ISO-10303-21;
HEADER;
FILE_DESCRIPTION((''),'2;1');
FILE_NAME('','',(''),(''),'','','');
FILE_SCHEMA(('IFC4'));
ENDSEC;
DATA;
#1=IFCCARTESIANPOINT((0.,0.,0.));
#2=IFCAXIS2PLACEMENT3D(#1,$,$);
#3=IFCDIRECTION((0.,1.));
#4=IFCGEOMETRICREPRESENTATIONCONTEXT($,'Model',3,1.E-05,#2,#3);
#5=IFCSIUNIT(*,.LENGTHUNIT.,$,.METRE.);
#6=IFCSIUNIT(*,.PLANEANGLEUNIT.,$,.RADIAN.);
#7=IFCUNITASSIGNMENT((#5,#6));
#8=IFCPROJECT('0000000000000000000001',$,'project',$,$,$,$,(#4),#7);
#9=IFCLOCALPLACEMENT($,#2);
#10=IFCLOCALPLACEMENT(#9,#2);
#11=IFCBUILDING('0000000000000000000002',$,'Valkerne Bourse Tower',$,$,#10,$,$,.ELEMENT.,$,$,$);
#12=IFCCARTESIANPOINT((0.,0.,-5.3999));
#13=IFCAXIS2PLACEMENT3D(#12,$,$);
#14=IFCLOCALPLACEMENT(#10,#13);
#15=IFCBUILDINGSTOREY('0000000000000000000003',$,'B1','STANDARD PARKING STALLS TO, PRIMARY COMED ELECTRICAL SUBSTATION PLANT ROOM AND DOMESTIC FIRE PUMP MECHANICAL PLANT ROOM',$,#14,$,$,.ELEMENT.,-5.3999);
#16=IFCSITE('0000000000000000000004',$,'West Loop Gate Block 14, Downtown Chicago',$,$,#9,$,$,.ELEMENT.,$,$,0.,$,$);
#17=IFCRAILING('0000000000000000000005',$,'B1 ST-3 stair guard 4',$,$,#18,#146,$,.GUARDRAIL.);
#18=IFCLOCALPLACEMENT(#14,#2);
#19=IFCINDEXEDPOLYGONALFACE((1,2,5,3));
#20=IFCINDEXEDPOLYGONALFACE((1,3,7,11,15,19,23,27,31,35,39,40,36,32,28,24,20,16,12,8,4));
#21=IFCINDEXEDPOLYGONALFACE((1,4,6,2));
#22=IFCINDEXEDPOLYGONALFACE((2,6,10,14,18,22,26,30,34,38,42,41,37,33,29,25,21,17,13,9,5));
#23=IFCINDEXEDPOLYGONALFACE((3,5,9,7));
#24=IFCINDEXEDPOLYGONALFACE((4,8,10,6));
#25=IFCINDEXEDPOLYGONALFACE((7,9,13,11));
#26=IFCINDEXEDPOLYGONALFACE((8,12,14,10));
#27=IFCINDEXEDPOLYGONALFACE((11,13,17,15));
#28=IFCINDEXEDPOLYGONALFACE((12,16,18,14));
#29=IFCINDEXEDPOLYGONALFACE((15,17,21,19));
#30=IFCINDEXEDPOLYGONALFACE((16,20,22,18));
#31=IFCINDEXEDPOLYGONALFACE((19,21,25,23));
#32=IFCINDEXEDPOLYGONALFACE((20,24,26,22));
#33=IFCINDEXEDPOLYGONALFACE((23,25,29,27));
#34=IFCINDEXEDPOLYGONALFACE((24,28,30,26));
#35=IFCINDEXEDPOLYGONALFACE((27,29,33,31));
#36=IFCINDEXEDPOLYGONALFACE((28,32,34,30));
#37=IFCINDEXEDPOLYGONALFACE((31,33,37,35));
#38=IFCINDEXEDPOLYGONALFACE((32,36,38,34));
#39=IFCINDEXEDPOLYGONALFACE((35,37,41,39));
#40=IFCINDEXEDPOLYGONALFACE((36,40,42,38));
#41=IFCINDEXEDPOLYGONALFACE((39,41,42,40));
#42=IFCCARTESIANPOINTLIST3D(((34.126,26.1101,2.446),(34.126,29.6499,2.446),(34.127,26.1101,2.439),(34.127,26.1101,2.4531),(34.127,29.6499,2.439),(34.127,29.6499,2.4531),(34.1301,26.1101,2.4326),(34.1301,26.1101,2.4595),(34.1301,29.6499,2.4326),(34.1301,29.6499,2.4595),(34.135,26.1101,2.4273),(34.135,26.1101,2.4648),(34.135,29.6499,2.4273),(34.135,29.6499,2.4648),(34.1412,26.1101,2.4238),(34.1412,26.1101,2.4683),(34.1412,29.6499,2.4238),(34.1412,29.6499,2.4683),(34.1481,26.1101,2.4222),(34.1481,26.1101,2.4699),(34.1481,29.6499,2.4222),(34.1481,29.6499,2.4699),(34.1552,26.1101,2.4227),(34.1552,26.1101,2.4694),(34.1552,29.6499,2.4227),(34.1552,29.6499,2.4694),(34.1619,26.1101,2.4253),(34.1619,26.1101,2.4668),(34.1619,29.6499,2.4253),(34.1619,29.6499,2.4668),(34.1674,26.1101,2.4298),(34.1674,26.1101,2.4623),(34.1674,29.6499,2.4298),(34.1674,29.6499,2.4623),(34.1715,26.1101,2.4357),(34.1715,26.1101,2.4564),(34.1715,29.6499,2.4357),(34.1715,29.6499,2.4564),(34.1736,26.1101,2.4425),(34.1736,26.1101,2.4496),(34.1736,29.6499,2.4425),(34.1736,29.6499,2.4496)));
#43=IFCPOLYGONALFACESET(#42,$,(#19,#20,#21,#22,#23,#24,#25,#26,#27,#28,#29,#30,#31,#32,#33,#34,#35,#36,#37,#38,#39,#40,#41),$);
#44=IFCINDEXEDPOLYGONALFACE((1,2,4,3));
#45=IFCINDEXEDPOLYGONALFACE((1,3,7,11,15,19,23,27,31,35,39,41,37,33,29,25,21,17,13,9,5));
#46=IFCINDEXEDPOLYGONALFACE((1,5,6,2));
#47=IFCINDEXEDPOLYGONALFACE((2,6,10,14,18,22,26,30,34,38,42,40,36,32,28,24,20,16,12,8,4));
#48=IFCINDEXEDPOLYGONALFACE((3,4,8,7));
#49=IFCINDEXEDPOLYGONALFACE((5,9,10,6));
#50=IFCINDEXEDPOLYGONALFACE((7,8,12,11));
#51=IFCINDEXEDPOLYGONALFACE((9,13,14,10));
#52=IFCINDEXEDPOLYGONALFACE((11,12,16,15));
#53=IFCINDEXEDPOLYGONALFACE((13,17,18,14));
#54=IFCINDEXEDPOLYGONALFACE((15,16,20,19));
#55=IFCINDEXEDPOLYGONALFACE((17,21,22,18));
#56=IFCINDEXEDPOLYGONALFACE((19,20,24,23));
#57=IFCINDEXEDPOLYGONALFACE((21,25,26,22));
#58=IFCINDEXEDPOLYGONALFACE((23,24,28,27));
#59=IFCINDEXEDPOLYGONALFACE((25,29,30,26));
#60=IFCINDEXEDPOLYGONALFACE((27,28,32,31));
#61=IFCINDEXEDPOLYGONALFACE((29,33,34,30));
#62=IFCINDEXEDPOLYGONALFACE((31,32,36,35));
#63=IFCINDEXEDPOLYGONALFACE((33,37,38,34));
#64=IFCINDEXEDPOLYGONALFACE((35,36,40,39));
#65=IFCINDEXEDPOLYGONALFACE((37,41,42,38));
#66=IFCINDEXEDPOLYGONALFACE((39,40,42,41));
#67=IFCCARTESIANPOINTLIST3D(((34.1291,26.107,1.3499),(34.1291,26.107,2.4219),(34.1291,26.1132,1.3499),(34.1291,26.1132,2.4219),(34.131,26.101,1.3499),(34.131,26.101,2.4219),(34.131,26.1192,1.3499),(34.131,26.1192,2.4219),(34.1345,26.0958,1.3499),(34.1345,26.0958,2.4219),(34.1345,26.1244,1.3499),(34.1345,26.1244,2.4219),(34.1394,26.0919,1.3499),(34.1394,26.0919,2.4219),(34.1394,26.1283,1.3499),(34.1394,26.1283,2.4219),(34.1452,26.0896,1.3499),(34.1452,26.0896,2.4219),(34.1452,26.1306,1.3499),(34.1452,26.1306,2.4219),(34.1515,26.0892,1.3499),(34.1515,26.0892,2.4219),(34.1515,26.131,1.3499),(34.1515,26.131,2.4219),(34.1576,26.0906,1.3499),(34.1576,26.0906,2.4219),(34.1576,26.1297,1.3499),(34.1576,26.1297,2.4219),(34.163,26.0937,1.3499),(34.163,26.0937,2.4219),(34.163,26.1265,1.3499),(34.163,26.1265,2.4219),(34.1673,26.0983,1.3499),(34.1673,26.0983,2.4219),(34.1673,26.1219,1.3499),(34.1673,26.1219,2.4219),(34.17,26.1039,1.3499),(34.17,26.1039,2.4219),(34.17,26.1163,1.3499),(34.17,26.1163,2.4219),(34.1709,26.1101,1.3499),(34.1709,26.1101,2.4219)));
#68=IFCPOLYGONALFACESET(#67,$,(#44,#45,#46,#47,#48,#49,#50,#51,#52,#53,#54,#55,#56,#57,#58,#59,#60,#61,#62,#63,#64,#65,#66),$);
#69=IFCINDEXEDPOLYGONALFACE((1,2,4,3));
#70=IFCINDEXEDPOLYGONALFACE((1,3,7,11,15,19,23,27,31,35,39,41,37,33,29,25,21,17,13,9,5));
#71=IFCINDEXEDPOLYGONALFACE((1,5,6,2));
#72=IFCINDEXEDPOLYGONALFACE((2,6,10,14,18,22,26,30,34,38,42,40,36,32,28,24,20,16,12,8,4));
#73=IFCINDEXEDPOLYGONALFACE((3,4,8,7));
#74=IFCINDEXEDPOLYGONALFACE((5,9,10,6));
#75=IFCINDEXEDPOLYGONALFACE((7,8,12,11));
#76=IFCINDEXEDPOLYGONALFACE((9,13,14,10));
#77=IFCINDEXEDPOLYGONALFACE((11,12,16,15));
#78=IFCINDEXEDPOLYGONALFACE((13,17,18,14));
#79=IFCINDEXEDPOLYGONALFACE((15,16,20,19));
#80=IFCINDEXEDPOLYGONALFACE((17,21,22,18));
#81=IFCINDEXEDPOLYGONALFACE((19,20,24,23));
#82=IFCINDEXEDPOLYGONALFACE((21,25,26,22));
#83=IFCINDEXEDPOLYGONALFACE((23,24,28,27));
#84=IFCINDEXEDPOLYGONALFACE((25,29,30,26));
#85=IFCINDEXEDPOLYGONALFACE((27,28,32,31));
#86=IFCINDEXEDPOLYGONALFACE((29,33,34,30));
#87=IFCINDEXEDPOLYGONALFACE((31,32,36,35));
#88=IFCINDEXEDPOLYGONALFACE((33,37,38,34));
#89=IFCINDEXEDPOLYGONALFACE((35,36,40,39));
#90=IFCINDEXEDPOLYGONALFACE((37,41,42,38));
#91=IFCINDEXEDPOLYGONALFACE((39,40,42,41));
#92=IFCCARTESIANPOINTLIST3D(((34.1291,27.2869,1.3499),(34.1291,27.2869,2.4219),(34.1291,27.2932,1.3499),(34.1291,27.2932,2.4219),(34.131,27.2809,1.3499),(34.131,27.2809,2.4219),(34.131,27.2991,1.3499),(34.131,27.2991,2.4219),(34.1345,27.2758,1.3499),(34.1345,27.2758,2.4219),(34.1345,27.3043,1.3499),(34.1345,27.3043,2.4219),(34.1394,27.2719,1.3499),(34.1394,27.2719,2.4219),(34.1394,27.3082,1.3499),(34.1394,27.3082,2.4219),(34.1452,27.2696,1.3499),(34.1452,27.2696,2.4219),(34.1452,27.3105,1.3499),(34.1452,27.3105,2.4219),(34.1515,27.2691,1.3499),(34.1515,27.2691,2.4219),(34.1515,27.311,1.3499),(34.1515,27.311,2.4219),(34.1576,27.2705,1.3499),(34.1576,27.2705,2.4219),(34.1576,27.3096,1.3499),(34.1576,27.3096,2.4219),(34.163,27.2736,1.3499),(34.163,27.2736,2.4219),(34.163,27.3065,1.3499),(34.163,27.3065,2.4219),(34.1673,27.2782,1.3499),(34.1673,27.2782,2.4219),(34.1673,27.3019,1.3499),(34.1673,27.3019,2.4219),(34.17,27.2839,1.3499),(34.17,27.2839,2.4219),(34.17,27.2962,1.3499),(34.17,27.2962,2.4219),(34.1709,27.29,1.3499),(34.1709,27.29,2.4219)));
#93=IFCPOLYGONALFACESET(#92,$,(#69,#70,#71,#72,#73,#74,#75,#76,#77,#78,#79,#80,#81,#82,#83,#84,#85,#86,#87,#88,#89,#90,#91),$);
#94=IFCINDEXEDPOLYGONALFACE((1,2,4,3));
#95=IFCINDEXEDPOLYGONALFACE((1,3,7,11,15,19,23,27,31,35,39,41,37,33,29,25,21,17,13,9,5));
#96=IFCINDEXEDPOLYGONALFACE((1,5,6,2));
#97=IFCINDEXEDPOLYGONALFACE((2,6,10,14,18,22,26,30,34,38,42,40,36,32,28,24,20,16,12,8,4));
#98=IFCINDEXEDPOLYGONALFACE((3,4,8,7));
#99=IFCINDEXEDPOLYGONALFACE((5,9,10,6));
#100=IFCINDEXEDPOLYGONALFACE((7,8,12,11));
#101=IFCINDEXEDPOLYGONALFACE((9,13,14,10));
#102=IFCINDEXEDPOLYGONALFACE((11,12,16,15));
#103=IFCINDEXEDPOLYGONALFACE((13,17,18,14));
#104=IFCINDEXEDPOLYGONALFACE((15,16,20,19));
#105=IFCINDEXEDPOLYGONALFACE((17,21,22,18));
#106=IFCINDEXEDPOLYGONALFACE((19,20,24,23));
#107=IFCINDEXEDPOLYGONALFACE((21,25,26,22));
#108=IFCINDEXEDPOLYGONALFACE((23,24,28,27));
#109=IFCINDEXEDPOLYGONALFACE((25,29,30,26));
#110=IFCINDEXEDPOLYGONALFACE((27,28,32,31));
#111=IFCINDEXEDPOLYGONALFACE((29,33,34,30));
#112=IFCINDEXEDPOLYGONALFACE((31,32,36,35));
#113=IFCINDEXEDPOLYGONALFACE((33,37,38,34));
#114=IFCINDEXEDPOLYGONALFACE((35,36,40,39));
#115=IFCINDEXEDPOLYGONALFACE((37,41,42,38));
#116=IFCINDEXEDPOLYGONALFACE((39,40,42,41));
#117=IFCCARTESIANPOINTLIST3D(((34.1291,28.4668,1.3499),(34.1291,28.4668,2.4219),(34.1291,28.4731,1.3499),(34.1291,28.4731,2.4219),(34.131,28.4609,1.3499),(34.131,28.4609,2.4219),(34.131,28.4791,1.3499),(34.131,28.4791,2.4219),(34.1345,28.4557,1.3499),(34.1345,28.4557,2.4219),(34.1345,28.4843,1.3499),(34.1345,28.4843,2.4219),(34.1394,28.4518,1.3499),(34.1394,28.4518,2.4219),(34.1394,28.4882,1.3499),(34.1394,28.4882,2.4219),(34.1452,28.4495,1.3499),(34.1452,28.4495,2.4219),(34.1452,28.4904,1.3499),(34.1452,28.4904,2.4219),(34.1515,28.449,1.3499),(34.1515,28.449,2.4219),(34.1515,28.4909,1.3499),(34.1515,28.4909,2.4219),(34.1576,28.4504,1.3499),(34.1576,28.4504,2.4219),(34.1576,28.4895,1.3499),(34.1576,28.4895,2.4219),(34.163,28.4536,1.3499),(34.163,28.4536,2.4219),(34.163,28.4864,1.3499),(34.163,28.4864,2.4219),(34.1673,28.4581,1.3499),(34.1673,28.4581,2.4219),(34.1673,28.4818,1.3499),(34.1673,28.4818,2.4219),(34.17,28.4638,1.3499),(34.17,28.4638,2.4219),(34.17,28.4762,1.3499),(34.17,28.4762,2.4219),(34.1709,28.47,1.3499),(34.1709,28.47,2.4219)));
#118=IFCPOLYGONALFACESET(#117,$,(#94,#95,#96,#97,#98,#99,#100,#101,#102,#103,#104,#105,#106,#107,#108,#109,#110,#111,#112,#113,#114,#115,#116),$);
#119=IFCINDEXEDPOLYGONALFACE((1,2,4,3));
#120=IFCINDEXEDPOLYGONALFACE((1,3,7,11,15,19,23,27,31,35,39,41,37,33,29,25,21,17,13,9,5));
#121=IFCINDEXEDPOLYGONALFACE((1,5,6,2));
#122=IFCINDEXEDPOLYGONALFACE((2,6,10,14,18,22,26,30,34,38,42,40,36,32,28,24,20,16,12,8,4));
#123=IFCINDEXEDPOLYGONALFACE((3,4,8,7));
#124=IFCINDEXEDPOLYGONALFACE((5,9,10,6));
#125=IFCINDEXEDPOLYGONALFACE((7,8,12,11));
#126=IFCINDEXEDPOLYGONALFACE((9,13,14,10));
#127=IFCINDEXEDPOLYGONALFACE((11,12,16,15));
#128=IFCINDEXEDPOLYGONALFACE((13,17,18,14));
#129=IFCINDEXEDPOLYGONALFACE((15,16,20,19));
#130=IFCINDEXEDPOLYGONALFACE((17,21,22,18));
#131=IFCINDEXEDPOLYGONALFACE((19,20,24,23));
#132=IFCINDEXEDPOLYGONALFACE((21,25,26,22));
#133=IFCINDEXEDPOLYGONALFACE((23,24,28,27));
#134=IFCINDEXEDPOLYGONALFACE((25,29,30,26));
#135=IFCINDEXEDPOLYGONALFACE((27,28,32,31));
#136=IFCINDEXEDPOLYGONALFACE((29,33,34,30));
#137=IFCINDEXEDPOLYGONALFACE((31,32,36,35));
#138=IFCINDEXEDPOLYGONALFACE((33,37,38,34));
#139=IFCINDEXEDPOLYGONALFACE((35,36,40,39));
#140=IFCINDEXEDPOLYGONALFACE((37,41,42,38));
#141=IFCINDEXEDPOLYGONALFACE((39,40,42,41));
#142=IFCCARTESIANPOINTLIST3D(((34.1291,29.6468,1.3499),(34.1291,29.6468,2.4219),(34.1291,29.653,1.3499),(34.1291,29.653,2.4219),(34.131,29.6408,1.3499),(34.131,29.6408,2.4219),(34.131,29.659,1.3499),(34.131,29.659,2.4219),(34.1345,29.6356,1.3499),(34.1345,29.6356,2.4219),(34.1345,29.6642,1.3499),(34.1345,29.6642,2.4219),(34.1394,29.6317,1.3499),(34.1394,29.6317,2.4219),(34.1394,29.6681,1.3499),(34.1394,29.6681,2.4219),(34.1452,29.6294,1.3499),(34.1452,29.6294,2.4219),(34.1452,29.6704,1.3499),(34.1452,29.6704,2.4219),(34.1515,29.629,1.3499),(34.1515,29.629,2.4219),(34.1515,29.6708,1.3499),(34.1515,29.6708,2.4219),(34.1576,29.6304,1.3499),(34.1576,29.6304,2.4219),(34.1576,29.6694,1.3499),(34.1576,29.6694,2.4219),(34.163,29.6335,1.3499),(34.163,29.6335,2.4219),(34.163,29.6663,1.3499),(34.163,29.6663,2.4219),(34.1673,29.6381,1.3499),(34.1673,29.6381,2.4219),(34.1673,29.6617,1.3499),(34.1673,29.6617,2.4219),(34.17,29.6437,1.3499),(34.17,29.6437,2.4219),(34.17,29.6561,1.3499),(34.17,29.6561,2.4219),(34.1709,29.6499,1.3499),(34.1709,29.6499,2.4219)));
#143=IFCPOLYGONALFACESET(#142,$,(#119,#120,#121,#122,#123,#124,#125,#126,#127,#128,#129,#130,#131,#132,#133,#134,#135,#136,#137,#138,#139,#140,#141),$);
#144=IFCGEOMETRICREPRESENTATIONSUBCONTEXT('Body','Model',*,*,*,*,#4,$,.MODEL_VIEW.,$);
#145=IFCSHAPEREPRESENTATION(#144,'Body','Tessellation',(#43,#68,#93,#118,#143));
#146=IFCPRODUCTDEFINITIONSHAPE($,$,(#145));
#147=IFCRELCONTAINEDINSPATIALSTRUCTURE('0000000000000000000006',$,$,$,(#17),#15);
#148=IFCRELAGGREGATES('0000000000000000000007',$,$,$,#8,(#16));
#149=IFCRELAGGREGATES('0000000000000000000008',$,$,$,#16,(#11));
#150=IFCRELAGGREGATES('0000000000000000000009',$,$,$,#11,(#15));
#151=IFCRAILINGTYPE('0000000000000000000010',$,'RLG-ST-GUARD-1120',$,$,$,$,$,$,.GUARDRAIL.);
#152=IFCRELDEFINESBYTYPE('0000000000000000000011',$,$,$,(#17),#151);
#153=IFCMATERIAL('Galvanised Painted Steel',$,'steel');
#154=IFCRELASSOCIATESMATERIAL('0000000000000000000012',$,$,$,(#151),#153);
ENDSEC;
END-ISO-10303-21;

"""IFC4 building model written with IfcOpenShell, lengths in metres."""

from ifc_helpers import new_model, si_unit, direction, frame, origin, origin_2d, place, context, subcontext, project, spatial, circle, extrude, material, type_object, element, save


model = new_model("IFC4")

# Units and contexts
model_context = context("Model", 3, precision=1e-05, world=origin(), true_north=direction((0.0, 1.0)))
body_context = subcontext(model_context, "Body", "Model", "MODEL_VIEW")
ifc_project = project(units=[si_unit("LENGTHUNIT", "METRE"), si_unit("PLANEANGLEUNIT", "RADIAN")], contexts=[model_context])

# Site, building, storey
site_placement = place(None, origin())
site = spatial("IfcSite", under=ifc_project, at=site_placement, Name="West Loop Gate Block 14, Downtown Chicago", CompositionType="ELEMENT", RefElevation=0.0)
building_placement = place(site_placement, origin())
building = spatial("IfcBuilding", under=site, at=building_placement, Name="Valkerne Bourse Tower", CompositionType="ELEMENT")
storey_placement = place(building_placement, frame((0.0, 0.0, -5.3999)))
storey = spatial("IfcBuildingStorey", under=building, at=storey_placement, Name="B1", Description="STANDARD PARKING STALLS TO, PRIMARY COMED ELECTRICAL SUBSTATION PLANT ROOM AND DOMESTIC FIRE PUMP MECHANICAL PLANT ROOM", CompositionType="ELEMENT", Elevation=-5.3999)

# Shared definitions
ifc_material_1 = material(Name="Galvanised Painted Steel", Category="steel")

# Railing
railing_type_1 = type_object("IfcRailingType", Name="RLG-ST-GUARD-1120", PredefinedType="GUARDRAIL", material=ifc_material_1)
railing_1_placement = place(storey_placement, frame((34.1499, 26.1101, 1.3499)))
element("IfcRailing", 1, at=railing_1_placement, inside=storey, type_object=railing_type_1, Name="B1 ST-3 stair guard 4", PredefinedType="GUARDRAIL", context=body_context, shape_type="SweptSolid", body=[
    extrude(circle(Radius=0.0239, at=origin_2d()), frame((0.0, 0.0, 1.0962), z_axis=(0.0, 1.0, 0.0), x_axis=(-1.0, 0.0, 0.0)), (0.0, 0.0, 1.0), 3.5398),
    extrude(circle(Radius=0.021, at=origin_2d()), origin(), (0.0, 0.0, 1.0), 1.072),
    extrude(circle(Radius=0.021, at=origin_2d()), frame((0.0, 1.1799, 0.0)), (0.0, 0.0, 1.0), 1.072),
    extrude(circle(Radius=0.021, at=origin_2d()), frame((0.0, 2.3599, 0.0)), (0.0, 0.0, 1.0), 1.072),
    extrude(circle(Radius=0.021, at=origin_2d()), frame((0.0, 3.5398, 0.0)), (0.0, 0.0, 1.0), 1.072),
])

save(model, "model.ifc")
